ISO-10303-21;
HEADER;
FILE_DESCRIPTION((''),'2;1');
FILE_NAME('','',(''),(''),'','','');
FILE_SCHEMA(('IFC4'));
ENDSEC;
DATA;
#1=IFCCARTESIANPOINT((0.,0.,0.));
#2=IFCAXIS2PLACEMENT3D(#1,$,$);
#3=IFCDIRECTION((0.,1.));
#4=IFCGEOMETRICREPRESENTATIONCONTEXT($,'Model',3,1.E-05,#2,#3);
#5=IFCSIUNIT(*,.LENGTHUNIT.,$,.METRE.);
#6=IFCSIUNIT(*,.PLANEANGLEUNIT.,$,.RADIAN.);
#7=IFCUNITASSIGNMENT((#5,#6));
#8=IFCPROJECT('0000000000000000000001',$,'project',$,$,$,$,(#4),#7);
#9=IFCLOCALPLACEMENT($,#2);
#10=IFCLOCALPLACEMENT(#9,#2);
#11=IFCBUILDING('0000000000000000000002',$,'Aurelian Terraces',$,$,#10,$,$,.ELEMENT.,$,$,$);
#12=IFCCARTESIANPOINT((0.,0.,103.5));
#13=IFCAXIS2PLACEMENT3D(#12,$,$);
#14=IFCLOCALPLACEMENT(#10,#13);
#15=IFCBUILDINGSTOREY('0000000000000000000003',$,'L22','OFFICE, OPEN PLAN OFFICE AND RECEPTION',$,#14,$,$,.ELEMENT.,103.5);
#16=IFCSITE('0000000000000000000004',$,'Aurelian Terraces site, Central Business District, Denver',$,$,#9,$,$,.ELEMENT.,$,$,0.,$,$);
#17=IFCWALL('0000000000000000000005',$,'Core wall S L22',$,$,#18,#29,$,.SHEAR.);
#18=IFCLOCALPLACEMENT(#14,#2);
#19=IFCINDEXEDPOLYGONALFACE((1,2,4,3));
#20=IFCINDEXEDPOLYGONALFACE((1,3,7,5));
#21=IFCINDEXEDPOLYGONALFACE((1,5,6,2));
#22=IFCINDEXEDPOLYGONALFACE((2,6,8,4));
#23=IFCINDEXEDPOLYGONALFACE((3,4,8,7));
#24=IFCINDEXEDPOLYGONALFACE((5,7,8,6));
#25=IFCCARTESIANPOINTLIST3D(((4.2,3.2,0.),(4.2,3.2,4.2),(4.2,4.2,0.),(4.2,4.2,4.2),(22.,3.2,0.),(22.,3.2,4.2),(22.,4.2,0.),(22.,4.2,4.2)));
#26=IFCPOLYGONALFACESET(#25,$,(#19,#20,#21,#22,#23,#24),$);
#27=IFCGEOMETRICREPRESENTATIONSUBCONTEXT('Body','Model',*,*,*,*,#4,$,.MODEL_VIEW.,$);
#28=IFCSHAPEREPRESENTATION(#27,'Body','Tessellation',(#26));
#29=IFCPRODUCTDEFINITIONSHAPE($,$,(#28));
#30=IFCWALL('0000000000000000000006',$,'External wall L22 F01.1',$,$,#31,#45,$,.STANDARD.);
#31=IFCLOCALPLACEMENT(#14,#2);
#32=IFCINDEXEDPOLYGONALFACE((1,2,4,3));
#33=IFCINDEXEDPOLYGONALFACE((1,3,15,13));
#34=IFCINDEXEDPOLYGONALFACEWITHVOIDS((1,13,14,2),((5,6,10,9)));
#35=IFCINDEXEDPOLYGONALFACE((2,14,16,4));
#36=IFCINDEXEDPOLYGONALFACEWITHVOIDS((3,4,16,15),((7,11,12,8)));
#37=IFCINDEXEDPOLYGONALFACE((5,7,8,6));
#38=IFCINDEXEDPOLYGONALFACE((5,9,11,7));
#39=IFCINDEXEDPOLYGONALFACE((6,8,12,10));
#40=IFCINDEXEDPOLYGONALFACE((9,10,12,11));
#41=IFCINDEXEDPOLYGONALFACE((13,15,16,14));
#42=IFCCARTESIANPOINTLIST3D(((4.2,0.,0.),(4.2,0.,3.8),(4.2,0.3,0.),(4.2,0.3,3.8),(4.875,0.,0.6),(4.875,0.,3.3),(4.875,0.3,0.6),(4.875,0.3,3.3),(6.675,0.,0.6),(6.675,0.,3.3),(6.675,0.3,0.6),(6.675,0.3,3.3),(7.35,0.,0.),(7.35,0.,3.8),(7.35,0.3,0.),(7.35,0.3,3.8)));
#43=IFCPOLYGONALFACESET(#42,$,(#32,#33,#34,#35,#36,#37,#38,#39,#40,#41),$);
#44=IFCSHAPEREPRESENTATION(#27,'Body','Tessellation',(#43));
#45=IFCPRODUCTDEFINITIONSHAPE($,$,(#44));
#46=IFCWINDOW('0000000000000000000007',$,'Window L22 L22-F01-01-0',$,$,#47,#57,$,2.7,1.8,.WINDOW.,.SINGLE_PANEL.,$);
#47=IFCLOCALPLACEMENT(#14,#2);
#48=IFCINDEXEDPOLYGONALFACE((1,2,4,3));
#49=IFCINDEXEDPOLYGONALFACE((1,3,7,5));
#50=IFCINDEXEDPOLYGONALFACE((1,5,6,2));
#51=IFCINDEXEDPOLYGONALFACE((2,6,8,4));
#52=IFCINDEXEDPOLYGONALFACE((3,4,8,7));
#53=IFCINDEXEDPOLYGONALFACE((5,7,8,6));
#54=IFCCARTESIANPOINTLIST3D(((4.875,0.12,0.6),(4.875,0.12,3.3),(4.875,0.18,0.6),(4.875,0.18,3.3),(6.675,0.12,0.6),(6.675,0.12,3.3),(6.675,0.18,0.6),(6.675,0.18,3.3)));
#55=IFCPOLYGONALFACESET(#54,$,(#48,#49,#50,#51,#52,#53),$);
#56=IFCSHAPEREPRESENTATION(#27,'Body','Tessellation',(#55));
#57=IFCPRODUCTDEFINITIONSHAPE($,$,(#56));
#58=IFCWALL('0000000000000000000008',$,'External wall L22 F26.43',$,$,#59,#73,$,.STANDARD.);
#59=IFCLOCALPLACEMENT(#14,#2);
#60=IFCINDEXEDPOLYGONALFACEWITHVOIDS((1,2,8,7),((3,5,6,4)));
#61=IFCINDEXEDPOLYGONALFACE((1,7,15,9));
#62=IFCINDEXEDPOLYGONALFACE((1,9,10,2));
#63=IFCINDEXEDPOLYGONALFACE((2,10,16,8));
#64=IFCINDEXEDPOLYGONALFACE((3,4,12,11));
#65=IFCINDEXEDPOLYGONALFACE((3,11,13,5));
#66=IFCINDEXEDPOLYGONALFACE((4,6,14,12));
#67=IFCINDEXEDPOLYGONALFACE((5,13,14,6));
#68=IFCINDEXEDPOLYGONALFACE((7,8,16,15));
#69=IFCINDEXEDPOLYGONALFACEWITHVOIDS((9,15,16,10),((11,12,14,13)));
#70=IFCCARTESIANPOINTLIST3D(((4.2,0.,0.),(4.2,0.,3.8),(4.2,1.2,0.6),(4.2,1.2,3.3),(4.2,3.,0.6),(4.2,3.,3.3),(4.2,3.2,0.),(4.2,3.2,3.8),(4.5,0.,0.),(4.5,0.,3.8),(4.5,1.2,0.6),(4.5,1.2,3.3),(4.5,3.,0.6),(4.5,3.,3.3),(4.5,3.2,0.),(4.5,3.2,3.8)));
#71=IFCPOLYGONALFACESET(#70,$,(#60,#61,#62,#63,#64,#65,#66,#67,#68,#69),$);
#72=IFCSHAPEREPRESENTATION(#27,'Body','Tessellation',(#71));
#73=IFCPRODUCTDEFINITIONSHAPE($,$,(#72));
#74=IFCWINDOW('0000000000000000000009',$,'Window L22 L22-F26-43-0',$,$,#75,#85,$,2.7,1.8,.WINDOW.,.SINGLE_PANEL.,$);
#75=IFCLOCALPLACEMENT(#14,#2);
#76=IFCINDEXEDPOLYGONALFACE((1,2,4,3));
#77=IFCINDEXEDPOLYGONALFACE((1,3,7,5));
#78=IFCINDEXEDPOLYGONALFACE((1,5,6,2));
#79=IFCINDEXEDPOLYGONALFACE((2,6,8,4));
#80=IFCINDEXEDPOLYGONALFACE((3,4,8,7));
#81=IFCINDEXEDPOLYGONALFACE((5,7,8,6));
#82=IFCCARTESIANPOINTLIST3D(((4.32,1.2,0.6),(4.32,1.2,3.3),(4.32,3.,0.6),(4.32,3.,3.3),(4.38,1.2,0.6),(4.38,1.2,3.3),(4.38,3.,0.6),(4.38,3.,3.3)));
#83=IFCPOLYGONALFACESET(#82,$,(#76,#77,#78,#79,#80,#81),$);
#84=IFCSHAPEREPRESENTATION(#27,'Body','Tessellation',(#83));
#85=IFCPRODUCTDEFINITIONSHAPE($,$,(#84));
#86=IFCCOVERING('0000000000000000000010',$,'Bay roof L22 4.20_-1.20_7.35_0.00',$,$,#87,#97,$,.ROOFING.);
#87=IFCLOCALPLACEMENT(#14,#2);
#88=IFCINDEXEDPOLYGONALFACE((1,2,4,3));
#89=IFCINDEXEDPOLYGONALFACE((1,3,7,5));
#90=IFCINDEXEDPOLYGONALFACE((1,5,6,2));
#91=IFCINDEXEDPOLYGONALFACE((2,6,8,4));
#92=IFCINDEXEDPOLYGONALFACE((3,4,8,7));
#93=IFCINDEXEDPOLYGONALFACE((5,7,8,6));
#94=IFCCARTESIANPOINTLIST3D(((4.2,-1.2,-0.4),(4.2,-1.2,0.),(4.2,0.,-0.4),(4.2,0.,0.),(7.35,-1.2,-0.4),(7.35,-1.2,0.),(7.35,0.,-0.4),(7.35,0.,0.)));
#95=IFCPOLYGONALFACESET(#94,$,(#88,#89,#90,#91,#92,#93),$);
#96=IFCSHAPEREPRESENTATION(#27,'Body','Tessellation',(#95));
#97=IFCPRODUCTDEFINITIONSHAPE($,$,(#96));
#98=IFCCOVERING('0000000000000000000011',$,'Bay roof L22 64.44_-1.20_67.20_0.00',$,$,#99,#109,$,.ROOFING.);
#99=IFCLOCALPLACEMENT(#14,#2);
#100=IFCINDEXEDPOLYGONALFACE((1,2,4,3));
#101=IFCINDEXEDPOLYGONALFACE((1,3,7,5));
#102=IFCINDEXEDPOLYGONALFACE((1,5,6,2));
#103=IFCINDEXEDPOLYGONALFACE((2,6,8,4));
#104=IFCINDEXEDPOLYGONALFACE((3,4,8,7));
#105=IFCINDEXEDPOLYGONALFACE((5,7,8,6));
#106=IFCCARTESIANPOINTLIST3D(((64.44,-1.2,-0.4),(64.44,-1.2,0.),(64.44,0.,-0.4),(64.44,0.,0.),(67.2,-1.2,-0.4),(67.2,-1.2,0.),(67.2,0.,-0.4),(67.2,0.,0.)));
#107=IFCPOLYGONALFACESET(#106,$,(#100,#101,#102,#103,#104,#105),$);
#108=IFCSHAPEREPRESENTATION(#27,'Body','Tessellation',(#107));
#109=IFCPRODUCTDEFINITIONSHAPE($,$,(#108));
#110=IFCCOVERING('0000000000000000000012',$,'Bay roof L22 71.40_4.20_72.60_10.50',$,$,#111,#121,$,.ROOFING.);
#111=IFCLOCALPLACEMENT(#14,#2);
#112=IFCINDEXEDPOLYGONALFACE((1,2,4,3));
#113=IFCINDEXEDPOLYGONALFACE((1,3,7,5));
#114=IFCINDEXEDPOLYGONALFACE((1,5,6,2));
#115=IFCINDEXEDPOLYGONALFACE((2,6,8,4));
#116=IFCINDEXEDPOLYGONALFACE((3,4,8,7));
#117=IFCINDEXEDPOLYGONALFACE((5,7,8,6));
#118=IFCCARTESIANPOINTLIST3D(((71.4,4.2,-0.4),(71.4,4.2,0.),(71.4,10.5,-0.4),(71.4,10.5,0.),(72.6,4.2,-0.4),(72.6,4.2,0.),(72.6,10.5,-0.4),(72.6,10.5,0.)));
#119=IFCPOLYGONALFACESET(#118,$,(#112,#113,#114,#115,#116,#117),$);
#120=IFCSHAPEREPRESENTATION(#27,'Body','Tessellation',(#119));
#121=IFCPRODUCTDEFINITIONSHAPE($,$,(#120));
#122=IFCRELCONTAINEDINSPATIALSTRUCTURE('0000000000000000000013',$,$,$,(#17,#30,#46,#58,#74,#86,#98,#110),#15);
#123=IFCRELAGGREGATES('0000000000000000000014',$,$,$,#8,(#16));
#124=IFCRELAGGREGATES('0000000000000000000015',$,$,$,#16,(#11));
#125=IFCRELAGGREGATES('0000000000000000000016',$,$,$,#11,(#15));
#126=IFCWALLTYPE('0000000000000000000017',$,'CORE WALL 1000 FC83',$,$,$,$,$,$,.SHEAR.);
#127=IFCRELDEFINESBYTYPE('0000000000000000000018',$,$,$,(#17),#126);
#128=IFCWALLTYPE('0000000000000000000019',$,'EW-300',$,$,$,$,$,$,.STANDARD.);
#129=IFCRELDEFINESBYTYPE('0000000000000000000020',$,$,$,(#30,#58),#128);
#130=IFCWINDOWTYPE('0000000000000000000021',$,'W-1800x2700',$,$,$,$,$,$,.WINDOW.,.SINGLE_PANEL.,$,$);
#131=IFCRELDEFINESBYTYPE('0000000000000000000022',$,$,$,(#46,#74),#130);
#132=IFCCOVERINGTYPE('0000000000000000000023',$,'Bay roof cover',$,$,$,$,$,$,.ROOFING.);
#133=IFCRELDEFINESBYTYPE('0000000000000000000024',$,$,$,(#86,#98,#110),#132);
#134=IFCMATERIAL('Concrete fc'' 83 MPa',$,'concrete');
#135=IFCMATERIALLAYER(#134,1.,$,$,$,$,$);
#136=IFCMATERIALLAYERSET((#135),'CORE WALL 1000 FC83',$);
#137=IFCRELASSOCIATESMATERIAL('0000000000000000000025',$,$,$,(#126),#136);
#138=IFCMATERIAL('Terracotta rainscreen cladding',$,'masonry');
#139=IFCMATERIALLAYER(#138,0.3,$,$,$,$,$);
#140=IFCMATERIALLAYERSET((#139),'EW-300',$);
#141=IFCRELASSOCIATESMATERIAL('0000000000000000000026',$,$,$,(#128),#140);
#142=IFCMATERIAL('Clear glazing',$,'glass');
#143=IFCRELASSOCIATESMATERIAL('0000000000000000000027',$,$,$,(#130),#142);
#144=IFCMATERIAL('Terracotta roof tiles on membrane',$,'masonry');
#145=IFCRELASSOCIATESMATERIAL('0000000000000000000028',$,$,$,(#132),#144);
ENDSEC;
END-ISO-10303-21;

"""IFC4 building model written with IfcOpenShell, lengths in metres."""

from ifc_helpers import new_model, si_unit, direction, frame, frame_2d, origin, place, context, subcontext, project, spatial, polyline, rectangle, outline, extrude, source, transform, mapped, material, layer, layer_set, type_object, element, fill, save


model = new_model("IFC4")

# Units and contexts
model_context = context("Model", 3, precision=1e-05, world=origin(), true_north=direction((0.0, 1.0)))
body_context = subcontext(model_context, "Body", "Model", "MODEL_VIEW")
ifc_project = project(units=[si_unit("LENGTHUNIT", "METRE"), si_unit("PLANEANGLEUNIT", "RADIAN")], contexts=[model_context])

# Site, building, storey
site_placement = place(None, origin())
site = spatial("IfcSite", under=ifc_project, at=site_placement, Name="Aurelian Terraces site, Central Business District, Denver", CompositionType="ELEMENT", RefElevation=0.0)
building_placement = place(site_placement, origin())
building = spatial("IfcBuilding", under=site, at=building_placement, Name="Aurelian Terraces", CompositionType="ELEMENT")
storey_placement = place(building_placement, frame((0.0, 0.0, 103.5)))
storey = spatial("IfcBuildingStorey", under=building, at=storey_placement, Name="L22", Description="OFFICE, OPEN PLAN OFFICE AND RECEPTION", CompositionType="ELEMENT", Elevation=103.5)

# Wall
ifc_material_1 = material(Name="Concrete fc' 83 MPa", Category="concrete")
ifc_layer_1 = layer(ifc_material_1, 1.0)
ifc_layer_set_1 = layer_set([ifc_layer_1], Name="CORE WALL 1000 FC83")
wall_type_1 = type_object("IfcWallType", Name="CORE WALL 1000 FC83", PredefinedType="SHEAR", material=ifc_layer_set_1)
shared_shape_1 = source(origin(), body_context, "Body", "SweptSolid", [
    extrude(rectangle(XDim=17.8, YDim=1.0, at=frame_2d((8.9, 0.0))), origin(), (0.0, 0.0, 1.0), 4.2),
])
wall_1_placement = place(storey_placement, frame((4.2, 3.7, 0.0), z_axis=(0.0, 0.0, 1.0), x_axis=(1.0, 0.0, 0.0)))
element("IfcWall", 1, at=wall_1_placement, inside=storey, type_object=wall_type_1, Name="Core wall S L22", PredefinedType="SHEAR", context=body_context, shape_type="MappedRepresentation", body=[
    mapped(shared_shape_1, transform((0.0, 0.0, 0.0), scale=1.0)),
])

# Walls, openings, windows
ifc_material_2 = material(Name="Terracotta rainscreen cladding", Category="masonry")
ifc_layer_2 = layer(ifc_material_2, 0.3)
ifc_layer_set_2 = layer_set([ifc_layer_2], Name="EW-300")
wall_type_2 = type_object("IfcWallType", Name="EW-300", PredefinedType="STANDARD", material=ifc_layer_set_2)
shared_shape_2 = source(origin(), body_context, "Body", "SweptSolid", [
    extrude(rectangle(XDim=3.15, YDim=0.3, at=frame_2d((1.575, 0.0))), origin(), (0.0, 0.0, 1.0), 3.8),
])
wall_2_placement = place(storey_placement, frame((4.2, 0.15, 0.0), z_axis=(0.0, 0.0, 1.0), x_axis=(1.0, 0.0, 0.0)))
wall_2 = element("IfcWall", 2, at=wall_2_placement, inside=storey, type_object=wall_type_2, Name="External wall L22 F01.1", PredefinedType="STANDARD", context=body_context, shape_type="MappedRepresentation", body=[
    mapped(shared_shape_2, transform((0.0, 0.0, 0.0), scale=1.0)),
])
shared_shape_3 = source(origin(), body_context, "Body", "SweptSolid", [
    extrude(rectangle(XDim=1.8, YDim=2.7, at=frame_2d((0.9, 1.35))), frame((0.0, 0.16, 0.0), z_axis=(0.0, -1.0, 0.0), x_axis=(1.0, 0.0, 0.0)), (0.0, 0.0, 1.0), 0.32),
])
opening_1_placement = place(wall_2_placement, frame((0.675, 0.0, 0.6)))
opening_1 = element("IfcOpeningElement", 3, at=opening_1_placement, cuts=wall_2, PredefinedType="OPENING", context=body_context, shape_type="MappedRepresentation", body=[
    mapped(shared_shape_3, transform((0.0, 0.0, 0.0), scale=1.0)),
])
ifc_material_3 = material(Name="Clear glazing", Category="glass")
window_type = type_object("IfcWindowType", Name="W-1800x2700", PartitioningType="SINGLE_PANEL", PredefinedType="WINDOW", material=ifc_material_3)
shared_shape_4 = source(origin(), body_context, "Body", "SweptSolid", [
    extrude(rectangle(XDim=1.8, YDim=2.7, at=frame_2d((0.9, 1.35))), frame((0.0, 0.03, 0.0), z_axis=(0.0, -1.0, 0.0), x_axis=(1.0, 0.0, 0.0)), (0.0, 0.0, 1.0), 0.06),
])
window_1_placement = place(opening_1_placement, origin())
window_1 = element("IfcWindow", 4, at=window_1_placement, inside=storey, type_object=window_type, Name="Window L22 L22-F01-01-0", OverallHeight=2.7, OverallWidth=1.8, PartitioningType="SINGLE_PANEL", PredefinedType="WINDOW", context=body_context, shape_type="MappedRepresentation", body=[
    mapped(shared_shape_4, transform((0.0, 0.0, 0.0), scale=1.0)),
])
fill(opening_1, window_1)
shared_shape_5 = source(origin(), body_context, "Body", "SweptSolid", [
    extrude(rectangle(XDim=3.2, YDim=0.3, at=frame_2d((1.6, 0.0))), origin(), (0.0, 0.0, 1.0), 3.8),
])
wall_3_placement = place(storey_placement, frame((4.35, 3.2, 0.0), z_axis=(0.0, 0.0, 1.0), x_axis=(0.0, -1.0, 0.0)))
wall_3 = element("IfcWall", 5, at=wall_3_placement, inside=storey, type_object=wall_type_2, Name="External wall L22 F26.43", PredefinedType="STANDARD", context=body_context, shape_type="MappedRepresentation", body=[
    mapped(shared_shape_5, transform((0.0, 0.0, 0.0), scale=1.0)),
])
opening_2_placement = place(wall_3_placement, frame((0.2, 0.0, 0.6)))
opening_2 = element("IfcOpeningElement", 6, at=opening_2_placement, cuts=wall_3, PredefinedType="OPENING", context=body_context, shape_type="MappedRepresentation", body=[
    mapped(shared_shape_3, transform((0.0, 0.0, 0.0), scale=1.0)),
])
window_2_placement = place(opening_2_placement, origin())
window_2 = element("IfcWindow", 7, at=window_2_placement, inside=storey, type_object=window_type, Name="Window L22 L22-F26-43-0", OverallHeight=2.7, OverallWidth=1.8, PartitioningType="SINGLE_PANEL", PredefinedType="WINDOW", context=body_context, shape_type="MappedRepresentation", body=[
    mapped(shared_shape_4, transform((0.0, 0.0, 0.0), scale=1.0)),
])
fill(opening_2, window_2)

# Coverings
ifc_material_4 = material(Name="Terracotta roof tiles on membrane", Category="masonry")
covering_type = type_object("IfcCoveringType", Name="Bay roof cover", PredefinedType="ROOFING", material=ifc_material_4)
shared_shape_6 = source(origin(), body_context, "Body", "SweptSolid", [
    extrude(outline(polyline([(4.2, 0.0), (7.35, 0.0), (7.35, -1.2), (4.2, -1.2), (4.2, 0.0)])), origin(), (0.0, 0.0, 1.0), 0.4),
])
covering_1_placement = place(storey_placement, frame((0.0, 0.0, -0.4)))
element("IfcCovering", 8, at=covering_1_placement, inside=storey, type_object=covering_type, Name="Bay roof L22 4.20_-1.20_7.35_0.00", PredefinedType="ROOFING", context=body_context, shape_type="MappedRepresentation", body=[
    mapped(shared_shape_6, transform((0.0, 0.0, 0.0), scale=1.0)),
])
shared_shape_7 = source(origin(), body_context, "Body", "SweptSolid", [
    extrude(outline(polyline([(64.44, 0.0), (67.2, 0.0), (67.2, -1.2), (64.44, -1.2), (64.44, 0.0)])), origin(), (0.0, 0.0, 1.0), 0.4),
])
covering_2_placement = place(storey_placement, frame((0.0, 0.0, -0.4)))
element("IfcCovering", 9, at=covering_2_placement, inside=storey, type_object=covering_type, Name="Bay roof L22 64.44_-1.20_67.20_0.00", PredefinedType="ROOFING", context=body_context, shape_type="MappedRepresentation", body=[
    mapped(shared_shape_7, transform((0.0, 0.0, 0.0), scale=1.0)),
])
shared_shape_8 = source(origin(), body_context, "Body", "SweptSolid", [
    extrude(outline(polyline([(71.4, 4.2), (71.4, 10.5), (72.6, 10.5), (72.6, 4.2), (71.4, 4.2)])), origin(), (0.0, 0.0, 1.0), 0.4),
])
covering_3_placement = place(storey_placement, frame((0.0, 0.0, -0.4)))
element("IfcCovering", 10, at=covering_3_placement, inside=storey, type_object=covering_type, Name="Bay roof L22 71.40_4.20_72.60_10.50", PredefinedType="ROOFING", context=body_context, shape_type="MappedRepresentation", body=[
    mapped(shared_shape_8, transform((0.0, 0.0, 0.0), scale=1.0)),
])

save(model, "model.ifc")
